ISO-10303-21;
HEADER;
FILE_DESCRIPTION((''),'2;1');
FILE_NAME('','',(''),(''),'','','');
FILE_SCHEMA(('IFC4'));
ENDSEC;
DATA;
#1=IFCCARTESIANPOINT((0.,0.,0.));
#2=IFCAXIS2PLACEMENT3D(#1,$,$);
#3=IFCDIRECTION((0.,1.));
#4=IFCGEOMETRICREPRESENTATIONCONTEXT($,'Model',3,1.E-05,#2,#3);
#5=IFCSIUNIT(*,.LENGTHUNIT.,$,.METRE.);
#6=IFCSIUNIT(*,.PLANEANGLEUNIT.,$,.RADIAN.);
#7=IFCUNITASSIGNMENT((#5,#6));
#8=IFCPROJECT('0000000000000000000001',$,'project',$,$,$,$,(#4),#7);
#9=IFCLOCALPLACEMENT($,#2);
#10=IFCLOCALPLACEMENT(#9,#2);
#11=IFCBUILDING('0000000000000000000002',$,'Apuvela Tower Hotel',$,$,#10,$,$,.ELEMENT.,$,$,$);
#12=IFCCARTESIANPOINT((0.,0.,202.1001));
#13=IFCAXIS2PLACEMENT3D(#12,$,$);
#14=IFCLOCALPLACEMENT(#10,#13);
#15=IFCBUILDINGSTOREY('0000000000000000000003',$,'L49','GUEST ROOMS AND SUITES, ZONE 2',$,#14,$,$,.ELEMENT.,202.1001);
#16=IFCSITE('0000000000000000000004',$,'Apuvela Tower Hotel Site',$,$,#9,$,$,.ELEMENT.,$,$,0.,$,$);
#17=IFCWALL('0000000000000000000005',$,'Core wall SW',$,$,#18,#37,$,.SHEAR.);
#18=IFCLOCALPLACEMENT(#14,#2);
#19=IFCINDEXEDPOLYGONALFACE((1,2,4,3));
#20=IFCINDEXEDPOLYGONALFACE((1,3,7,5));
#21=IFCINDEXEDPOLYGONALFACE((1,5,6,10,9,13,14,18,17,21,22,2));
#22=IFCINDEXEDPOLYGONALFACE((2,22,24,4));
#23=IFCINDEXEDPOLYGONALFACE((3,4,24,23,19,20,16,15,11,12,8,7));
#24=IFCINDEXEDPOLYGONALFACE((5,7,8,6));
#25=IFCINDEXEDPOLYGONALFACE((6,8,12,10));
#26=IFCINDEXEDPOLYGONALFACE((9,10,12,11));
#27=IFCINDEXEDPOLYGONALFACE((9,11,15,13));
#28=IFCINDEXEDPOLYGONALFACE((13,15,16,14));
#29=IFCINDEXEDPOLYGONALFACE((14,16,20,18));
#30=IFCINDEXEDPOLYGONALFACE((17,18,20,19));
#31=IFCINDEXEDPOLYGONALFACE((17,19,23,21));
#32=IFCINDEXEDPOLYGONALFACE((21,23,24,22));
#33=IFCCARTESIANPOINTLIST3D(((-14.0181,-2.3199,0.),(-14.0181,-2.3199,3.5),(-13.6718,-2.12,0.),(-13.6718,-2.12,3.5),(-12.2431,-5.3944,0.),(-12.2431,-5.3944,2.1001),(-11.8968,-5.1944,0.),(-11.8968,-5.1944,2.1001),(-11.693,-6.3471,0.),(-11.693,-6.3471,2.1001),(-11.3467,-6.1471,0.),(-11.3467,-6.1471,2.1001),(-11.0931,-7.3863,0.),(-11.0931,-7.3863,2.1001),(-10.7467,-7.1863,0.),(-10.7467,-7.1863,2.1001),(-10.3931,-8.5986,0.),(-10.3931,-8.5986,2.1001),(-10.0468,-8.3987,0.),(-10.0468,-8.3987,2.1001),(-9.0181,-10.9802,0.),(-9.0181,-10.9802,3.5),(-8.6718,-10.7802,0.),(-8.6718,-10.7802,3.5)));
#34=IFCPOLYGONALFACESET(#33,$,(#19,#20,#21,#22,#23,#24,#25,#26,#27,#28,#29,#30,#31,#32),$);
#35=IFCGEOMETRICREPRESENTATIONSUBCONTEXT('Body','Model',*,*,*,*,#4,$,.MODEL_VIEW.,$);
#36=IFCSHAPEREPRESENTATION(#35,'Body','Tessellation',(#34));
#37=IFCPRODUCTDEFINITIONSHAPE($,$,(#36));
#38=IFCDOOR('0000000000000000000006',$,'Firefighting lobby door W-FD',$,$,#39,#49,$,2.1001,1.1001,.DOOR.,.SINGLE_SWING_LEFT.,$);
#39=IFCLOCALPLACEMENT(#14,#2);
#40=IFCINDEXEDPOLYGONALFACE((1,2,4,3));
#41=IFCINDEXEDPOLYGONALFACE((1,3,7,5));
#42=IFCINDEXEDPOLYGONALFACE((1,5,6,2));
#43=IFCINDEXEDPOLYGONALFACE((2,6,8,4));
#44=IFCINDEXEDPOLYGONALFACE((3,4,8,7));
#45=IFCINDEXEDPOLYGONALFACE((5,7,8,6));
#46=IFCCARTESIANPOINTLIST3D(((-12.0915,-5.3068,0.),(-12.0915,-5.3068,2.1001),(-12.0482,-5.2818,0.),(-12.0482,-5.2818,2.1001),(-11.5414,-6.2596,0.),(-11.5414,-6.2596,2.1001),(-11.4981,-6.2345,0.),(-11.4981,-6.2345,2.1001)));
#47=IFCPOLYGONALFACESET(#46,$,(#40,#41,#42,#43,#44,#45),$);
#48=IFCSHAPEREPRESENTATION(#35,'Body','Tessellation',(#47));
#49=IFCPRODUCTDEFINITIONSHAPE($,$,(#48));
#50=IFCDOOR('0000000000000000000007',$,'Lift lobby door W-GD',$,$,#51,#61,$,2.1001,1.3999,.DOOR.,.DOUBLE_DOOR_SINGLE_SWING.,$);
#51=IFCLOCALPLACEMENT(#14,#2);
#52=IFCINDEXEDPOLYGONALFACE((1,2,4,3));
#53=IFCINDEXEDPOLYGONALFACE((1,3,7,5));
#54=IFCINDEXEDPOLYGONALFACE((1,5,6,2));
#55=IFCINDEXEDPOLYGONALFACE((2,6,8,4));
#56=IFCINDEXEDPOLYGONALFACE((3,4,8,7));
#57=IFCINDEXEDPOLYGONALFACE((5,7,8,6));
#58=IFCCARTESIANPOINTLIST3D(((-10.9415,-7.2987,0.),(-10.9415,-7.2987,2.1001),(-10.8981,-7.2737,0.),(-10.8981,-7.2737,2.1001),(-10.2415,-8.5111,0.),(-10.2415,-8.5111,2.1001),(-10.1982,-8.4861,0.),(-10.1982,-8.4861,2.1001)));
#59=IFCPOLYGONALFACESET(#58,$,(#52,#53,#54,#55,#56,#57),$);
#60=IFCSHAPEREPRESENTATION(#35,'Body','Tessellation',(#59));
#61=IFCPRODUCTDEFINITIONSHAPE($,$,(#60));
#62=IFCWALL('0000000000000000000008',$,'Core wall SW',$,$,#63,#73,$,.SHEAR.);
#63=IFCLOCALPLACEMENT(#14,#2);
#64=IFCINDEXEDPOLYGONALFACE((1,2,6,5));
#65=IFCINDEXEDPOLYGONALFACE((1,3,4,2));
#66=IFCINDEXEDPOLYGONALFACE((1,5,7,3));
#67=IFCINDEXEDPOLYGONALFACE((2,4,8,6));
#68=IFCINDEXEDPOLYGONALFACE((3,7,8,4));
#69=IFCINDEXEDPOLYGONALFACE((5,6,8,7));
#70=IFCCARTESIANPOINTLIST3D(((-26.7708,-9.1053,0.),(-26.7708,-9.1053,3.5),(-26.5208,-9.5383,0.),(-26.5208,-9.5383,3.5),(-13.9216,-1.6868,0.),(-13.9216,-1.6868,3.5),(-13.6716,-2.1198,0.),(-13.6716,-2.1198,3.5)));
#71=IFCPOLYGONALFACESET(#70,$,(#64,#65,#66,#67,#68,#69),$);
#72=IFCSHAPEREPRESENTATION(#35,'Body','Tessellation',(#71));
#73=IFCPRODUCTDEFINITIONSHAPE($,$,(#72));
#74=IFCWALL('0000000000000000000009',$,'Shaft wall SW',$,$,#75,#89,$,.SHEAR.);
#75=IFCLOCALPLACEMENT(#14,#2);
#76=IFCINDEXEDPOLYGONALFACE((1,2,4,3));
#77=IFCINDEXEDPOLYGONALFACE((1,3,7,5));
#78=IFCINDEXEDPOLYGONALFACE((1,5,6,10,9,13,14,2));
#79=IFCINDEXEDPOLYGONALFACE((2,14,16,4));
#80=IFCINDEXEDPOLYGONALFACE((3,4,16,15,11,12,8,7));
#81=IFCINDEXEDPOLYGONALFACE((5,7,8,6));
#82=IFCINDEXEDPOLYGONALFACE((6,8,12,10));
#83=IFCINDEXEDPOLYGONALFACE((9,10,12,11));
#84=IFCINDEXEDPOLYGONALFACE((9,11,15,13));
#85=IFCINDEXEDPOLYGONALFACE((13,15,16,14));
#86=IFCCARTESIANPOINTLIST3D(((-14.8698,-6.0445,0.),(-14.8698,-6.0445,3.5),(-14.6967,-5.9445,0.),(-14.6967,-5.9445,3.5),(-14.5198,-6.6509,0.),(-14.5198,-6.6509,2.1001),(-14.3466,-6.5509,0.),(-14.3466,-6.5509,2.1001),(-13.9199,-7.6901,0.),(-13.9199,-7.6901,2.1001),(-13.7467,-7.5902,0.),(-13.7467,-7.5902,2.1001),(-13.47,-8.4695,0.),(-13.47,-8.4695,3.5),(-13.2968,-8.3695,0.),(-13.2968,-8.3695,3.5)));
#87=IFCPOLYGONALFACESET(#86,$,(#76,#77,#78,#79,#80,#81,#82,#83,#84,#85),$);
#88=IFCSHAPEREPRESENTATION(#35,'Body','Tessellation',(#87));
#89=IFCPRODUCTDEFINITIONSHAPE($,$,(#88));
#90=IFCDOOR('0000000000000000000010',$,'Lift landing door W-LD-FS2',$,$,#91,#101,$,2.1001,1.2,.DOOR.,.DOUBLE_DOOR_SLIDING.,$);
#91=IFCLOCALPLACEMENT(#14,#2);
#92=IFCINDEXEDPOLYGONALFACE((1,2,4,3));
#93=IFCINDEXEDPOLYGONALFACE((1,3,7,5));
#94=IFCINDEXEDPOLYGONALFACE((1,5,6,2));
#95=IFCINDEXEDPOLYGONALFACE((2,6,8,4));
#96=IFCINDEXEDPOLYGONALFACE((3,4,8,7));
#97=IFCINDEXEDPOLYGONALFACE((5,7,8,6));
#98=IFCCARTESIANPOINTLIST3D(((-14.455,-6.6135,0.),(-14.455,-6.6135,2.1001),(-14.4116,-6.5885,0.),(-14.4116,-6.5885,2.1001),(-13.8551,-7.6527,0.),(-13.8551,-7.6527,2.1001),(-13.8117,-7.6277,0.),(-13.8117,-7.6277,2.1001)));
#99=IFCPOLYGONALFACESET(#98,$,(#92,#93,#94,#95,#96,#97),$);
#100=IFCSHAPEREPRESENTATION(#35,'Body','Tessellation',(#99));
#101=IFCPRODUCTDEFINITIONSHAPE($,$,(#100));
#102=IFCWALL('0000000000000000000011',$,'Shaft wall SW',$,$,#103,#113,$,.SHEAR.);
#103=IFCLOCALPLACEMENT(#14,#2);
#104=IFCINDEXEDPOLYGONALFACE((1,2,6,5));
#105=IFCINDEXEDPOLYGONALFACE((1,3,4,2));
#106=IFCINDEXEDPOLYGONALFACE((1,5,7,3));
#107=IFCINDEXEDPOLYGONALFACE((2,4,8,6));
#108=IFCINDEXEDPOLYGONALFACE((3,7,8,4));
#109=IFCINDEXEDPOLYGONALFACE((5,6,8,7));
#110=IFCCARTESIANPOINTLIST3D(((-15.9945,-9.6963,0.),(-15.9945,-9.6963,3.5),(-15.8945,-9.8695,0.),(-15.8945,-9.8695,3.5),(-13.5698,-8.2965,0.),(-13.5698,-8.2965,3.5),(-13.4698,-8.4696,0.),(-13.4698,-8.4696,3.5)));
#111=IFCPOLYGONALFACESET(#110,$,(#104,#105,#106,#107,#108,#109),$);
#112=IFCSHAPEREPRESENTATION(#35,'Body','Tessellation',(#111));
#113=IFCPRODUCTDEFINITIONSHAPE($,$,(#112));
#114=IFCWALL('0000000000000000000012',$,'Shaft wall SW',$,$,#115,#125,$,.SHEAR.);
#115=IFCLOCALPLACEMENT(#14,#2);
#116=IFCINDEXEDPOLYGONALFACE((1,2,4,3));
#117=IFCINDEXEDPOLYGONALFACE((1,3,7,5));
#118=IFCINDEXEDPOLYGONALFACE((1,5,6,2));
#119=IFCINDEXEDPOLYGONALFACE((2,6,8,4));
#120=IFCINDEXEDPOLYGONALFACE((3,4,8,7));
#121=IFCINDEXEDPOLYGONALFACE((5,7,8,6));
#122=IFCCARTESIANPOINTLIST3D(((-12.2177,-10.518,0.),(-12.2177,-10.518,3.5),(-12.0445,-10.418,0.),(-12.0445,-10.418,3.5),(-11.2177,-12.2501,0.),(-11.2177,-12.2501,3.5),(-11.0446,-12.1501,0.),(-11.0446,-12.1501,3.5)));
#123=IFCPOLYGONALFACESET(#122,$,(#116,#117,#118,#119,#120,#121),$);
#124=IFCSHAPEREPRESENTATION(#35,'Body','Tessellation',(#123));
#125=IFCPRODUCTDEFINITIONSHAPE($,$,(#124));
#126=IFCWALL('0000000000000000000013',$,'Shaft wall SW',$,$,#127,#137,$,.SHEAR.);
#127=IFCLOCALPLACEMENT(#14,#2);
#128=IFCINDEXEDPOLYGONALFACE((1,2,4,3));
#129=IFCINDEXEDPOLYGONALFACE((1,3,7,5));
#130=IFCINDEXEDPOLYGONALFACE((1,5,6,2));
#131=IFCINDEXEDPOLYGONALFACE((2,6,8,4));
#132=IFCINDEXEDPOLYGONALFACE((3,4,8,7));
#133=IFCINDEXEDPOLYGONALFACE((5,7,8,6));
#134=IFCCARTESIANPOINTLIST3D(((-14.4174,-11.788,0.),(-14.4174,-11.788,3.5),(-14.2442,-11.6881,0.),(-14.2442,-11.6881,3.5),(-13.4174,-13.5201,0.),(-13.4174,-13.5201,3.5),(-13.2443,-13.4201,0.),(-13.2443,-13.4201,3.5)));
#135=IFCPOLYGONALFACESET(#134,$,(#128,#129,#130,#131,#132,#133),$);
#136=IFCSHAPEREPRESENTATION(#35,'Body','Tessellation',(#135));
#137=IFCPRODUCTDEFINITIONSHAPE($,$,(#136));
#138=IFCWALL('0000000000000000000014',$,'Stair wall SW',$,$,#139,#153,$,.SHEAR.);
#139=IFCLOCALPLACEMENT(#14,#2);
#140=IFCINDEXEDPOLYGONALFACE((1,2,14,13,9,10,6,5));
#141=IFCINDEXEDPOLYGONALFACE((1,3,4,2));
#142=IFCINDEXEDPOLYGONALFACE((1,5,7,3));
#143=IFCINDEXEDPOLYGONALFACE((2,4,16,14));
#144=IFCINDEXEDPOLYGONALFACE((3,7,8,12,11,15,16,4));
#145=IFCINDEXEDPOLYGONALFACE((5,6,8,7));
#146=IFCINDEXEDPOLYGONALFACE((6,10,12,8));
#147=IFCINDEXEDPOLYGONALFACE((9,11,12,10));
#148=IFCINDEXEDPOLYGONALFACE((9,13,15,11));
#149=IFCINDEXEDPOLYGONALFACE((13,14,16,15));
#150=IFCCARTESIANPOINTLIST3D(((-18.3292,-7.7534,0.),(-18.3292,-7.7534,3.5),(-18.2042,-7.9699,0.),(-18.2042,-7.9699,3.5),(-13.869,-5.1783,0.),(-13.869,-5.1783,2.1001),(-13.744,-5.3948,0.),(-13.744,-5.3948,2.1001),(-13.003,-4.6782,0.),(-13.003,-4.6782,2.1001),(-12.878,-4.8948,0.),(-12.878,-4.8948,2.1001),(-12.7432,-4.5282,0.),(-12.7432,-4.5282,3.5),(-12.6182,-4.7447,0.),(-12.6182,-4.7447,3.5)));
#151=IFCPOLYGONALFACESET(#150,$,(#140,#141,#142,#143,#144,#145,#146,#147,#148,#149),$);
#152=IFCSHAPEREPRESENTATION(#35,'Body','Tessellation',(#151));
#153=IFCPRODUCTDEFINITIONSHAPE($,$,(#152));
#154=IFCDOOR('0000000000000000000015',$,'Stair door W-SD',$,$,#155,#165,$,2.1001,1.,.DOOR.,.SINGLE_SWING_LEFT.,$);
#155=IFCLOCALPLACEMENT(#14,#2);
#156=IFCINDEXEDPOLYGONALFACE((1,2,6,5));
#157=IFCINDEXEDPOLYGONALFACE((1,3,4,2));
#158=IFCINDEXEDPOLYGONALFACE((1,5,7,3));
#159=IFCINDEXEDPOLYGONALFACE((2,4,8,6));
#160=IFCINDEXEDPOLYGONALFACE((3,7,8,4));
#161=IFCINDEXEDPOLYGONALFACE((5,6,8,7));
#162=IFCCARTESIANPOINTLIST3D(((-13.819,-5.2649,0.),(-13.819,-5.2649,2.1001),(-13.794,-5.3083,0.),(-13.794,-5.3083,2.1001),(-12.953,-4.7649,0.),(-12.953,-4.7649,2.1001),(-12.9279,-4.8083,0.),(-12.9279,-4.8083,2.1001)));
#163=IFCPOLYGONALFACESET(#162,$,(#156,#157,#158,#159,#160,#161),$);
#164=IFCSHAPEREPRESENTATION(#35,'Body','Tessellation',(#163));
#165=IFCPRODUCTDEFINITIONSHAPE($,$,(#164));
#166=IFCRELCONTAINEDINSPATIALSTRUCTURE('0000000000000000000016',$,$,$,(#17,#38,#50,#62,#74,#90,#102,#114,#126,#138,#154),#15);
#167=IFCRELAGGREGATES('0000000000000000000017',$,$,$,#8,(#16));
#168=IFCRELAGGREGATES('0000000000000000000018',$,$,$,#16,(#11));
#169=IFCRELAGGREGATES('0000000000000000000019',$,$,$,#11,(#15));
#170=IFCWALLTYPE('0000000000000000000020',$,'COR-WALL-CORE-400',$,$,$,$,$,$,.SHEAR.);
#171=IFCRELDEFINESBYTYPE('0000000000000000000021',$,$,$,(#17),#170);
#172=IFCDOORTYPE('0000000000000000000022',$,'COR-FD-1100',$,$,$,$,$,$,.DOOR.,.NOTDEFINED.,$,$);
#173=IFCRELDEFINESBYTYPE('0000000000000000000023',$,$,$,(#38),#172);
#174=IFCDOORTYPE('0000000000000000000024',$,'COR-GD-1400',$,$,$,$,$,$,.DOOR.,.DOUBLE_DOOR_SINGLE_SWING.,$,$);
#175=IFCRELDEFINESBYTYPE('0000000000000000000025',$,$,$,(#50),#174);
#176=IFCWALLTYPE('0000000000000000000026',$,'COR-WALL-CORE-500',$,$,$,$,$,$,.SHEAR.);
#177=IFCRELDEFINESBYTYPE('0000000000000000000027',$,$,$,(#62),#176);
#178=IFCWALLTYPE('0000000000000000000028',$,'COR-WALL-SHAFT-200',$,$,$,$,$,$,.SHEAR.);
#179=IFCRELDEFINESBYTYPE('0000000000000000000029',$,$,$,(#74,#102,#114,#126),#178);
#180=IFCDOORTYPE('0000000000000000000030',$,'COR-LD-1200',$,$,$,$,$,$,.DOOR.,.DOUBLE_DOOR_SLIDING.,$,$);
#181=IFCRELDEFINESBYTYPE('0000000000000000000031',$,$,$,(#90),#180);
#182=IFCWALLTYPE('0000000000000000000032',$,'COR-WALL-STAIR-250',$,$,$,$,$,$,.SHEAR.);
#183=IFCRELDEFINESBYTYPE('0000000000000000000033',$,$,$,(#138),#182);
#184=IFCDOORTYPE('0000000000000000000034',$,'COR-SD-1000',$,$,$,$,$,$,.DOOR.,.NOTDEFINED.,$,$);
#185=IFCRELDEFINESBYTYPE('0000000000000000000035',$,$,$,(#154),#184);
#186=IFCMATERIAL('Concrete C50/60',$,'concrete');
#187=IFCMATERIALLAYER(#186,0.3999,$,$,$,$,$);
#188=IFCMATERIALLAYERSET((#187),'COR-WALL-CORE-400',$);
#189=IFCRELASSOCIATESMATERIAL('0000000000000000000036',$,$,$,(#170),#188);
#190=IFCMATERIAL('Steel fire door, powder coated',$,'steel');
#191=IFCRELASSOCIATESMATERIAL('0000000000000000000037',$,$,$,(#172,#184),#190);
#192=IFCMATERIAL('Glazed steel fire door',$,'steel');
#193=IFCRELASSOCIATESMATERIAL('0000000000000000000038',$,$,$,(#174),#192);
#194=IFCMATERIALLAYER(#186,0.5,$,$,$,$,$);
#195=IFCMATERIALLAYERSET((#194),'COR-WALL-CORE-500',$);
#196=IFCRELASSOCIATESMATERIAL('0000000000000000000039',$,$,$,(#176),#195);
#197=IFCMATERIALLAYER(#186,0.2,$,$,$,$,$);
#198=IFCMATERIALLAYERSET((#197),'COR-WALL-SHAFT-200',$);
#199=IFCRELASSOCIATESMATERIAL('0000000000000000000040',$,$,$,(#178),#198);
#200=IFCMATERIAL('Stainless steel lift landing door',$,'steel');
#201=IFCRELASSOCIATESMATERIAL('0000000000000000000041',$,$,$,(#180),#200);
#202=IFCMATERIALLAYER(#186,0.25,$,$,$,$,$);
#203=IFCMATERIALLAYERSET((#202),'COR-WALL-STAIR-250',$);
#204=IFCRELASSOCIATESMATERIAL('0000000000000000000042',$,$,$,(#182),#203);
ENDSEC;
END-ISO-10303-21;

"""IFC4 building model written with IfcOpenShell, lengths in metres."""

from ifc_helpers import new_model, si_unit, direction, frame, frame_2d, origin, place, context, subcontext, project, spatial, rectangle, extrude, material, layer, layer_set, type_object, element, fill, save


model = new_model("IFC4")

# Units and contexts
model_context = context("Model", 3, precision=1e-05, world=origin(), true_north=direction((0.0, 1.0)))
body_context = subcontext(model_context, "Body", "Model", "MODEL_VIEW")
ifc_project = project(units=[si_unit("LENGTHUNIT", "METRE"), si_unit("PLANEANGLEUNIT", "RADIAN")], contexts=[model_context])

# Site, building, storey
site_placement = place(None, origin())
site = spatial("IfcSite", under=ifc_project, at=site_placement, Name="Apuvela Tower Hotel Site", CompositionType="ELEMENT", RefElevation=0.0)
building_placement = place(site_placement, origin())
building = spatial("IfcBuilding", under=site, at=building_placement, Name="Apuvela Tower Hotel", CompositionType="ELEMENT")
storey_placement = place(building_placement, frame((0.0, 0.0, 202.1001)))
storey = spatial("IfcBuildingStorey", under=building, at=storey_placement, Name="L49", Description="GUEST ROOMS AND SUITES, ZONE 2", CompositionType="ELEMENT", Elevation=202.1001)

# Wall, openings, doors
ifc_material_1 = material(Name="Concrete C50/60", Category="concrete")
ifc_layer_1 = layer(ifc_material_1, 0.3999)
ifc_layer_set_1 = layer_set([ifc_layer_1], Name="COR-WALL-CORE-400")
wall_type_1 = type_object("IfcWallType", Name="COR-WALL-CORE-400", PredefinedType="SHEAR", material=ifc_layer_set_1)
wall_1_placement = place(storey_placement, frame((-13.845, -2.22, 0.0), z_axis=(0.0, 0.0, 1.0), x_axis=(0.500004, -0.866023, 0.0)))
wall_1 = element("IfcWall", 1, at=wall_1_placement, inside=storey, type_object=wall_type_1, Name="Core wall SW", PredefinedType="SHEAR", context=body_context, shape_type="SweptSolid", body=[
    extrude(rectangle(XDim=10.0, YDim=0.3999, at=frame_2d((5.0, 0.0))), origin(), (0.0, 0.0, 1.0), 3.5),
])
opening_1_placement = place(wall_1_placement, frame((3.55, 0.0, 0.0)))
opening_1 = element("IfcOpeningElement", 2, at=opening_1_placement, cuts=wall_1, PredefinedType="OPENING", context=body_context, shape_type="SweptSolid", body=[
    extrude(rectangle(XDim=1.1001, YDim=2.1001, at=frame_2d((0.55, 1.05))), frame((0.0, 0.21, 0.0), z_axis=(0.0, -1.0, 0.0), x_axis=(1.0, 0.0, 0.0)), (0.0, 0.0, 1.0), 0.4199),
])
opening_2_placement = place(wall_1_placement, frame((5.8501, 0.0, 0.0)))
opening_2 = element("IfcOpeningElement", 3, at=opening_2_placement, cuts=wall_1, PredefinedType="OPENING", context=body_context, shape_type="SweptSolid", body=[
    extrude(rectangle(XDim=1.3999, YDim=2.1001, at=frame_2d((0.7, 1.05))), frame((0.0, 0.21, 0.0), z_axis=(0.0, -1.0, 0.0), x_axis=(1.0, 0.0, 0.0)), (0.0, 0.0, 1.0), 0.4199),
])
ifc_material_2 = material(Name="Steel fire door, powder coated", Category="steel")
door_type_1 = type_object("IfcDoorType", Name="COR-FD-1100", OperationType="NOTDEFINED", PredefinedType="DOOR", material=ifc_material_2)
door_1_placement = place(opening_1_placement, frame((1.1001, 0.0, 0.0), z_axis=(0.0, 0.0, 1.0), x_axis=(-1.0, 0.0, 0.0)))
door_1 = element("IfcDoor", 4, at=door_1_placement, inside=storey, type_object=door_type_1, Name="Firefighting lobby door W-FD", OperationType="SINGLE_SWING_LEFT", OverallHeight=2.1001, OverallWidth=1.1001, PredefinedType="DOOR", context=body_context, shape_type="SweptSolid", body=[
    extrude(rectangle(XDim=1.1001, YDim=2.1001, at=frame_2d((0.55, 1.05))), frame((0.0, 0.0249, 0.0), z_axis=(0.0, -1.0, 0.0), x_axis=(1.0, 0.0, 0.0)), (0.0, 0.0, 1.0), 0.05),
])
fill(opening_1, door_1)
ifc_material_3 = material(Name="Glazed steel fire door", Category="steel")
door_type_2 = type_object("IfcDoorType", Name="COR-GD-1400", OperationType="DOUBLE_DOOR_SINGLE_SWING", PredefinedType="DOOR", material=ifc_material_3)
door_2_placement = place(opening_2_placement, frame((1.3999, 0.0, 0.0), z_axis=(0.0, 0.0, 1.0), x_axis=(-1.0, 0.0, 0.0)))
door_2 = element("IfcDoor", 5, at=door_2_placement, inside=storey, type_object=door_type_2, Name="Lift lobby door W-GD", OperationType="DOUBLE_DOOR_SINGLE_SWING", OverallHeight=2.1001, OverallWidth=1.3999, PredefinedType="DOOR", context=body_context, shape_type="SweptSolid", body=[
    extrude(rectangle(XDim=1.3999, YDim=2.1001, at=frame_2d((0.7, 1.05))), frame((0.0, 0.0249, 0.0), z_axis=(0.0, -1.0, 0.0), x_axis=(1.0, 0.0, 0.0)), (0.0, 0.0, 1.0), 0.05),
])
fill(opening_2, door_2)

# Wall
ifc_layer_2 = layer(ifc_material_1, 0.5)
ifc_layer_set_2 = layer_set([ifc_layer_2], Name="COR-WALL-CORE-500")
wall_type_2 = type_object("IfcWallType", Name="COR-WALL-CORE-500", PredefinedType="SHEAR", material=ifc_layer_set_2)
wall_2_placement = place(storey_placement, frame((-13.7966, -1.9033, 0.0), z_axis=(0.0, 0.0, 1.0), x_axis=(-0.866025, -0.500001, 0.0)))
element("IfcWall", 6, at=wall_2_placement, inside=storey, type_object=wall_type_2, Name="Core wall SW", PredefinedType="SHEAR", context=body_context, shape_type="SweptSolid", body=[
    extrude(rectangle(XDim=14.8369, YDim=0.5, at=frame_2d((7.4185, 0.0))), origin(), (0.0, 0.0, 1.0), 3.5),
])

# Wall, opening, door
ifc_layer_3 = layer(ifc_material_1, 0.2)
ifc_layer_set_3 = layer_set([ifc_layer_3], Name="COR-WALL-SHAFT-200")
wall_type_3 = type_object("IfcWallType", Name="COR-WALL-SHAFT-200", PredefinedType="SHEAR", material=ifc_layer_set_3)
wall_3_placement = place(storey_placement, frame((-14.7832, -5.9946, 0.0), z_axis=(0.0, 0.0, 1.0), x_axis=(0.499946, -0.866056, 0.0)))
wall_3 = element("IfcWall", 7, at=wall_3_placement, inside=storey, type_object=wall_type_3, Name="Shaft wall SW", PredefinedType="SHEAR", context=body_context, shape_type="SweptSolid", body=[
    extrude(rectangle(XDim=2.8, YDim=0.2, at=frame_2d((1.3999, 0.0))), origin(), (0.0, 0.0, 1.0), 3.5),
])
opening_3_placement = place(wall_3_placement, frame((0.7, 0.0, 0.0)))
opening_3 = element("IfcOpeningElement", 8, at=opening_3_placement, cuts=wall_3, PredefinedType="OPENING", context=body_context, shape_type="SweptSolid", body=[
    extrude(rectangle(XDim=1.2, YDim=2.1001, at=frame_2d((0.6001, 1.05))), frame((0.0, 0.1099, 0.0), z_axis=(0.0, -1.0, 0.0), x_axis=(1.0, 0.0, 0.0)), (0.0, 0.0, 1.0), 0.22),
])
ifc_material_4 = material(Name="Stainless steel lift landing door", Category="steel")
door_type_3 = type_object("IfcDoorType", Name="COR-LD-1200", OperationType="DOUBLE_DOOR_SLIDING", PredefinedType="DOOR", material=ifc_material_4)
door_3_placement = place(opening_3_placement, origin())
door_3 = element("IfcDoor", 9, at=door_3_placement, inside=storey, type_object=door_type_3, Name="Lift landing door W-LD-FS2", OperationType="DOUBLE_DOOR_SLIDING", OverallHeight=2.1001, OverallWidth=1.2, PredefinedType="DOOR", context=body_context, shape_type="SweptSolid", body=[
    extrude(rectangle(XDim=1.2, YDim=2.1001, at=frame_2d((0.6001, 1.05))), frame((0.0, 0.0249, 0.0), z_axis=(0.0, -1.0, 0.0), x_axis=(1.0, 0.0, 0.0)), (0.0, 0.0, 1.0), 0.05),
])
fill(opening_3, door_3)

# Walls
wall_4_placement = place(storey_placement, frame((-13.5198, -8.3831, 0.0), z_axis=(0.0, 0.0, 1.0), x_axis=(-0.866035, -0.499984, 0.0)))
element("IfcWall", 10, at=wall_4_placement, inside=storey, type_object=wall_type_3, Name="Shaft wall SW", PredefinedType="SHEAR", context=body_context, shape_type="SweptSolid", body=[
    extrude(rectangle(XDim=2.7998, YDim=0.2, at=frame_2d((1.3999, 0.0))), origin(), (0.0, 0.0, 1.0), 3.5),
])
for number, where, z_axis, x_axis, name in (
    (11, (-12.1311, -10.468, 0.0), (0.0, 0.0, 1.0), (0.499973, -0.866041, 0.0), "Shaft wall SW"),
    (12, (-14.3308, -11.738, 0.0), (0.0, 0.0, 1.0), (0.499973, -0.866041, 0.0), "Shaft wall SW"),
):
    element("IfcWall", number, at=place(storey_placement, frame(where, z_axis=z_axis, x_axis=x_axis)), inside=storey, type_object=wall_type_3, Name=name, PredefinedType="SHEAR", context=body_context, shape_type="SweptSolid", body=[
        extrude(rectangle(XDim=2.0, YDim=0.2, at=frame_2d((1.0, 0.0))), origin(), (0.0, 0.0, 1.0), 3.5),
    ])

# Wall, opening, door
ifc_layer_4 = layer(ifc_material_1, 0.25)
ifc_layer_set_4 = layer_set([ifc_layer_4], Name="COR-WALL-STAIR-250")
wall_type_4 = type_object("IfcWallType", Name="COR-WALL-STAIR-250", PredefinedType="SHEAR", material=ifc_layer_set_4)
wall_5_placement = place(storey_placement, frame((-12.6807, -4.6365, 0.0), z_axis=(0.0, 0.0, 1.0), x_axis=(-0.866022, -0.500006, 0.0)))
wall_5 = element("IfcWall", 13, at=wall_5_placement, inside=storey, type_object=wall_type_4, Name="Stair wall SW", PredefinedType="SHEAR", context=body_context, shape_type="SweptSolid", body=[
    extrude(rectangle(XDim=6.4502, YDim=0.25, at=frame_2d((3.2251, 0.0))), origin(), (0.0, 0.0, 1.0), 3.5),
])
opening_4_placement = place(wall_5_placement, frame((0.3, 0.0, 0.0)))
opening_4 = element("IfcOpeningElement", 14, at=opening_4_placement, cuts=wall_5, PredefinedType="OPENING", context=body_context, shape_type="SweptSolid", body=[
    extrude(rectangle(XDim=1.0, YDim=2.1001, at=frame_2d((0.5, 1.05))), frame((0.0, 0.135, 0.0), z_axis=(0.0, -1.0, 0.0), x_axis=(1.0, 0.0, 0.0)), (0.0, 0.0, 1.0), 0.27),
])
door_type_4 = type_object("IfcDoorType", Name="COR-SD-1000", OperationType="NOTDEFINED", PredefinedType="DOOR", material=ifc_material_2)
door_4_placement = place(opening_4_placement, frame((1.0, 0.0, 0.0), z_axis=(0.0, 0.0, 1.0), x_axis=(-1.0, 0.0, 0.0)))
door_4 = element("IfcDoor", 15, at=door_4_placement, inside=storey, type_object=door_type_4, Name="Stair door W-SD", OperationType="SINGLE_SWING_LEFT", OverallHeight=2.1001, OverallWidth=1.0, PredefinedType="DOOR", context=body_context, shape_type="SweptSolid", body=[
    extrude(rectangle(XDim=1.0, YDim=2.1001, at=frame_2d((0.5, 1.05))), frame((0.0, 0.0249, 0.0), z_axis=(0.0, -1.0, 0.0), x_axis=(1.0, 0.0, 0.0)), (0.0, 0.0, 1.0), 0.05),
])
fill(opening_4, door_4)

save(model, "model.ifc")
